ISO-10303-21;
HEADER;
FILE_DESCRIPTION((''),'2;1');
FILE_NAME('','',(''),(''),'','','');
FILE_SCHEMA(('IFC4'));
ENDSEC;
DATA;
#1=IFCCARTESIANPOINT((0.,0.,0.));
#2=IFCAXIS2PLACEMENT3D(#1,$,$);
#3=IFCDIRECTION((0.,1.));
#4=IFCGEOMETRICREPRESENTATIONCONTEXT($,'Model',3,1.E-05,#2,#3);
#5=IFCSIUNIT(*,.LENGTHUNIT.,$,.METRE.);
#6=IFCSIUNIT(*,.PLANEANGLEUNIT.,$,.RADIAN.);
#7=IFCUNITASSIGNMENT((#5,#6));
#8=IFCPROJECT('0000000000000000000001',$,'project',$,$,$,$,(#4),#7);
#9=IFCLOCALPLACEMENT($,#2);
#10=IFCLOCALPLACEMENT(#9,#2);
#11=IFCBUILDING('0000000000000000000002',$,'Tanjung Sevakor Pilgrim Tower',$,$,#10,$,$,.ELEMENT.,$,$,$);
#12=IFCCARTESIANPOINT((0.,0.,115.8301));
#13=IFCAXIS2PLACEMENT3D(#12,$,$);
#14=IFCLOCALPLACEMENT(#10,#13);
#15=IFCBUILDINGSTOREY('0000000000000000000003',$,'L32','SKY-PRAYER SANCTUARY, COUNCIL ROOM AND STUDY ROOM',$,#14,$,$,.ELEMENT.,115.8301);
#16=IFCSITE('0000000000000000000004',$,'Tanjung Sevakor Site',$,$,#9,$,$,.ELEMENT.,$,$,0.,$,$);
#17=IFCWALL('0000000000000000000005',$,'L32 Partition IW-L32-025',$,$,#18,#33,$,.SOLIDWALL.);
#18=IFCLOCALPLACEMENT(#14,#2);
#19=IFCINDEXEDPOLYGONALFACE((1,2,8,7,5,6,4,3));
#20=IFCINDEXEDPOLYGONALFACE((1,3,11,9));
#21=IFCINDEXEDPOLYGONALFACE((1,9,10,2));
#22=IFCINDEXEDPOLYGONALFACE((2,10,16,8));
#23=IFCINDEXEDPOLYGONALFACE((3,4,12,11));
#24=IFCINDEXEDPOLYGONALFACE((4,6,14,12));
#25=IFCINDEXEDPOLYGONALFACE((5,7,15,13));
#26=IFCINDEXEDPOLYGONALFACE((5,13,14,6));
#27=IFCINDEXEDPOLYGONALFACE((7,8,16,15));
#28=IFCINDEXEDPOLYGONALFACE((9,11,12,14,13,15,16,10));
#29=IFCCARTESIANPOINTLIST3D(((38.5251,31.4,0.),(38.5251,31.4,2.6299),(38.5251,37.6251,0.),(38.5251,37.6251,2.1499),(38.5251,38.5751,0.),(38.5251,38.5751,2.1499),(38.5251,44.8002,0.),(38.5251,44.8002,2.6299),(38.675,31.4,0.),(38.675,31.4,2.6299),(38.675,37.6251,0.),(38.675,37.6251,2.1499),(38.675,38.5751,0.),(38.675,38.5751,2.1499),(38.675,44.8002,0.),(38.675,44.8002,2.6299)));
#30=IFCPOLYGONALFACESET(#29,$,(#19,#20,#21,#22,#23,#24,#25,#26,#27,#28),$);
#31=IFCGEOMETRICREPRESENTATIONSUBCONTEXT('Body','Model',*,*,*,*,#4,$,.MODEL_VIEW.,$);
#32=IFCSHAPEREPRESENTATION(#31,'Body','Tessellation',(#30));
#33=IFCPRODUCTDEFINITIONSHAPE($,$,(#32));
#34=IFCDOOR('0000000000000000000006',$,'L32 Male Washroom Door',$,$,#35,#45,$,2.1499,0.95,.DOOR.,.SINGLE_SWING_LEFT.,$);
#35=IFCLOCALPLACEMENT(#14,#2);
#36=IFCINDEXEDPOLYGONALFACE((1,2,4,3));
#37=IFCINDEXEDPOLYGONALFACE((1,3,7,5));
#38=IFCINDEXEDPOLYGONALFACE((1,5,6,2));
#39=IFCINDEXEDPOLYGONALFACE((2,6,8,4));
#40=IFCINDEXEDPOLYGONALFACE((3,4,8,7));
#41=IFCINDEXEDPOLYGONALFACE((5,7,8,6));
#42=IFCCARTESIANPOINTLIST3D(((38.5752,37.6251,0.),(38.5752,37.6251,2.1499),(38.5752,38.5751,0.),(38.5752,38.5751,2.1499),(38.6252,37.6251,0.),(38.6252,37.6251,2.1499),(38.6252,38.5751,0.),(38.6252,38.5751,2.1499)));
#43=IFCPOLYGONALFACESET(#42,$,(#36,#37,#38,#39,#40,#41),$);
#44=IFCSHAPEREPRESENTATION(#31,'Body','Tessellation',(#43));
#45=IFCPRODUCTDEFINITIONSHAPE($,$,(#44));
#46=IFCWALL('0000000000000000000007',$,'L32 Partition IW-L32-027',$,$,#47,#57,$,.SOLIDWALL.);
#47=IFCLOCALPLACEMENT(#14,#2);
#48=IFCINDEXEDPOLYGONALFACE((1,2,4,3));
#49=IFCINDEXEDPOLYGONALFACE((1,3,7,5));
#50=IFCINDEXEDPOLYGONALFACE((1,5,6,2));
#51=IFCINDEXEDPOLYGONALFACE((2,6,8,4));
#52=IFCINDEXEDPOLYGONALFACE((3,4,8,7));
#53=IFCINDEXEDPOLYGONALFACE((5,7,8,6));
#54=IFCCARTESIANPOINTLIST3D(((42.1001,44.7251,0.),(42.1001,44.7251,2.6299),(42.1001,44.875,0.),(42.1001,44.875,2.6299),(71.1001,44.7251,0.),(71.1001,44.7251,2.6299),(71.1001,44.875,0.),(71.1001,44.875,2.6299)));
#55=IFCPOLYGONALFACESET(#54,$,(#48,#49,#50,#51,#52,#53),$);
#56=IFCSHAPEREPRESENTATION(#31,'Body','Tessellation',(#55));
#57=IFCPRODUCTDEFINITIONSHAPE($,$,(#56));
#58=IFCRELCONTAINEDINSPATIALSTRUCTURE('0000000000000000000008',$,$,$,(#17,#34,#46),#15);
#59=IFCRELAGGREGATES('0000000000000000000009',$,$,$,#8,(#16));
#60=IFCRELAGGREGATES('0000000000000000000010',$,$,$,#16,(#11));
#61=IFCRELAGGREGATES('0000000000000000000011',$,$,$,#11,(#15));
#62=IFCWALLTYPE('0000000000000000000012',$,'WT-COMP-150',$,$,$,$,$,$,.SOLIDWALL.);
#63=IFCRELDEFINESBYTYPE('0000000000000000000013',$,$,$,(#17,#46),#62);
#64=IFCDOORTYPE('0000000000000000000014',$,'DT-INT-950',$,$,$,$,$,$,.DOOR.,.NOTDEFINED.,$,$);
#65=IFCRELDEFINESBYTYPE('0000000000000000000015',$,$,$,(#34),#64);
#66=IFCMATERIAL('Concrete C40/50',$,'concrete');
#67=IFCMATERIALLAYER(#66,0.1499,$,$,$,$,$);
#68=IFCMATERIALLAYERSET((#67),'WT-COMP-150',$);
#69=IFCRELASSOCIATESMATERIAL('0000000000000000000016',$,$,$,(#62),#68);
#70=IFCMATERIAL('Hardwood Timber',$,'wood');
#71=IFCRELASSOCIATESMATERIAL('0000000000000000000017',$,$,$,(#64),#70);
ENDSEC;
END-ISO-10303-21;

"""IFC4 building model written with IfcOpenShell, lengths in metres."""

from ifc_helpers import new_model, si_unit, direction, frame, frame_2d, origin, place, context, subcontext, project, spatial, rectangle, extrude, material, layer, layer_set, type_object, element, fill, save


model = new_model("IFC4")

# Units and contexts
model_context = context("Model", 3, precision=1e-05, world=origin(), true_north=direction((0.0, 1.0)))
body_context = subcontext(model_context, "Body", "Model", "MODEL_VIEW")
ifc_project = project(units=[si_unit("LENGTHUNIT", "METRE"), si_unit("PLANEANGLEUNIT", "RADIAN")], contexts=[model_context])

# Site, building, storey
site_placement = place(None, origin())
site = spatial("IfcSite", under=ifc_project, at=site_placement, Name="Tanjung Sevakor Site", CompositionType="ELEMENT", RefElevation=0.0)
building_placement = place(site_placement, origin())
building = spatial("IfcBuilding", under=site, at=building_placement, Name="Tanjung Sevakor Pilgrim Tower", CompositionType="ELEMENT")
storey_placement = place(building_placement, frame((0.0, 0.0, 115.8301)))
storey = spatial("IfcBuildingStorey", under=building, at=storey_placement, Name="L32", Description="SKY-PRAYER SANCTUARY, COUNCIL ROOM AND STUDY ROOM", CompositionType="ELEMENT", Elevation=115.8301)

# Shared definitions
ifc_material_1 = material(Name="Concrete C40/50", Category="concrete")
ifc_layer = layer(ifc_material_1, 0.1499)
ifc_layer_set = layer_set([ifc_layer], Name="WT-COMP-150")
wall_type = type_object("IfcWallType", Name="WT-COMP-150", PredefinedType="SOLIDWALL", material=ifc_layer_set)

# Wall, opening, door
wall_1_placement = place(storey_placement, frame((38.6001, 31.3999, 0.0), z_axis=(0.0, 0.0, 1.0), x_axis=(0.0, 1.0, 0.0)))
wall_1 = element("IfcWall", 1, at=wall_1_placement, inside=storey, type_object=wall_type, Name="L32 Partition IW-L32-025", PredefinedType="SOLIDWALL", context=body_context, shape_type="SweptSolid", body=[
    extrude(rectangle(XDim=13.4001, YDim=0.1499, at=frame_2d((6.7002, 0.0))), origin(), (0.0, 0.0, 1.0), 2.6299),
])
opening_placement = place(wall_1_placement, frame((6.2251, 0.0, 0.0)))
opening = element("IfcOpeningElement", 2, at=opening_placement, cuts=wall_1, PredefinedType="OPENING", context=body_context, shape_type="SweptSolid", body=[
    extrude(rectangle(XDim=0.95, YDim=2.1499, at=frame_2d((0.4751, 1.075))), frame((0.0, 0.085, 0.0), z_axis=(0.0, -1.0, 0.0), x_axis=(1.0, 0.0, 0.0)), (0.0, 0.0, 1.0), 0.1699),
])
ifc_material_2 = material(Name="Hardwood Timber", Category="wood")
door_type = type_object("IfcDoorType", Name="DT-INT-950", OperationType="NOTDEFINED", PredefinedType="DOOR", material=ifc_material_2)
door_placement = place(opening_placement, origin())
door = element("IfcDoor", 3, at=door_placement, inside=storey, type_object=door_type, Name="L32 Male Washroom Door", OperationType="SINGLE_SWING_LEFT", OverallHeight=2.1499, OverallWidth=0.95, PredefinedType="DOOR", context=body_context, shape_type="SweptSolid", body=[
    extrude(rectangle(XDim=0.95, YDim=2.1499, at=frame_2d((0.4751, 1.075))), frame((0.0, 0.0249, 0.0), z_axis=(0.0, -1.0, 0.0), x_axis=(1.0, 0.0, 0.0)), (0.0, 0.0, 1.0), 0.05),
])
fill(opening, door)

# Wall
wall_2_placement = place(storey_placement, frame((42.1001, 44.8, 0.0), z_axis=(0.0, 0.0, 1.0), x_axis=(1.0, 0.0, 0.0)))
element("IfcWall", 4, at=wall_2_placement, inside=storey, type_object=wall_type, Name="L32 Partition IW-L32-027", PredefinedType="SOLIDWALL", context=body_context, shape_type="SweptSolid", body=[
    extrude(rectangle(XDim=29.0, YDim=0.1499, at=frame_2d((14.5, 0.0))), origin(), (0.0, 0.0, 1.0), 2.6299),
])

save(model, "model.ifc")
